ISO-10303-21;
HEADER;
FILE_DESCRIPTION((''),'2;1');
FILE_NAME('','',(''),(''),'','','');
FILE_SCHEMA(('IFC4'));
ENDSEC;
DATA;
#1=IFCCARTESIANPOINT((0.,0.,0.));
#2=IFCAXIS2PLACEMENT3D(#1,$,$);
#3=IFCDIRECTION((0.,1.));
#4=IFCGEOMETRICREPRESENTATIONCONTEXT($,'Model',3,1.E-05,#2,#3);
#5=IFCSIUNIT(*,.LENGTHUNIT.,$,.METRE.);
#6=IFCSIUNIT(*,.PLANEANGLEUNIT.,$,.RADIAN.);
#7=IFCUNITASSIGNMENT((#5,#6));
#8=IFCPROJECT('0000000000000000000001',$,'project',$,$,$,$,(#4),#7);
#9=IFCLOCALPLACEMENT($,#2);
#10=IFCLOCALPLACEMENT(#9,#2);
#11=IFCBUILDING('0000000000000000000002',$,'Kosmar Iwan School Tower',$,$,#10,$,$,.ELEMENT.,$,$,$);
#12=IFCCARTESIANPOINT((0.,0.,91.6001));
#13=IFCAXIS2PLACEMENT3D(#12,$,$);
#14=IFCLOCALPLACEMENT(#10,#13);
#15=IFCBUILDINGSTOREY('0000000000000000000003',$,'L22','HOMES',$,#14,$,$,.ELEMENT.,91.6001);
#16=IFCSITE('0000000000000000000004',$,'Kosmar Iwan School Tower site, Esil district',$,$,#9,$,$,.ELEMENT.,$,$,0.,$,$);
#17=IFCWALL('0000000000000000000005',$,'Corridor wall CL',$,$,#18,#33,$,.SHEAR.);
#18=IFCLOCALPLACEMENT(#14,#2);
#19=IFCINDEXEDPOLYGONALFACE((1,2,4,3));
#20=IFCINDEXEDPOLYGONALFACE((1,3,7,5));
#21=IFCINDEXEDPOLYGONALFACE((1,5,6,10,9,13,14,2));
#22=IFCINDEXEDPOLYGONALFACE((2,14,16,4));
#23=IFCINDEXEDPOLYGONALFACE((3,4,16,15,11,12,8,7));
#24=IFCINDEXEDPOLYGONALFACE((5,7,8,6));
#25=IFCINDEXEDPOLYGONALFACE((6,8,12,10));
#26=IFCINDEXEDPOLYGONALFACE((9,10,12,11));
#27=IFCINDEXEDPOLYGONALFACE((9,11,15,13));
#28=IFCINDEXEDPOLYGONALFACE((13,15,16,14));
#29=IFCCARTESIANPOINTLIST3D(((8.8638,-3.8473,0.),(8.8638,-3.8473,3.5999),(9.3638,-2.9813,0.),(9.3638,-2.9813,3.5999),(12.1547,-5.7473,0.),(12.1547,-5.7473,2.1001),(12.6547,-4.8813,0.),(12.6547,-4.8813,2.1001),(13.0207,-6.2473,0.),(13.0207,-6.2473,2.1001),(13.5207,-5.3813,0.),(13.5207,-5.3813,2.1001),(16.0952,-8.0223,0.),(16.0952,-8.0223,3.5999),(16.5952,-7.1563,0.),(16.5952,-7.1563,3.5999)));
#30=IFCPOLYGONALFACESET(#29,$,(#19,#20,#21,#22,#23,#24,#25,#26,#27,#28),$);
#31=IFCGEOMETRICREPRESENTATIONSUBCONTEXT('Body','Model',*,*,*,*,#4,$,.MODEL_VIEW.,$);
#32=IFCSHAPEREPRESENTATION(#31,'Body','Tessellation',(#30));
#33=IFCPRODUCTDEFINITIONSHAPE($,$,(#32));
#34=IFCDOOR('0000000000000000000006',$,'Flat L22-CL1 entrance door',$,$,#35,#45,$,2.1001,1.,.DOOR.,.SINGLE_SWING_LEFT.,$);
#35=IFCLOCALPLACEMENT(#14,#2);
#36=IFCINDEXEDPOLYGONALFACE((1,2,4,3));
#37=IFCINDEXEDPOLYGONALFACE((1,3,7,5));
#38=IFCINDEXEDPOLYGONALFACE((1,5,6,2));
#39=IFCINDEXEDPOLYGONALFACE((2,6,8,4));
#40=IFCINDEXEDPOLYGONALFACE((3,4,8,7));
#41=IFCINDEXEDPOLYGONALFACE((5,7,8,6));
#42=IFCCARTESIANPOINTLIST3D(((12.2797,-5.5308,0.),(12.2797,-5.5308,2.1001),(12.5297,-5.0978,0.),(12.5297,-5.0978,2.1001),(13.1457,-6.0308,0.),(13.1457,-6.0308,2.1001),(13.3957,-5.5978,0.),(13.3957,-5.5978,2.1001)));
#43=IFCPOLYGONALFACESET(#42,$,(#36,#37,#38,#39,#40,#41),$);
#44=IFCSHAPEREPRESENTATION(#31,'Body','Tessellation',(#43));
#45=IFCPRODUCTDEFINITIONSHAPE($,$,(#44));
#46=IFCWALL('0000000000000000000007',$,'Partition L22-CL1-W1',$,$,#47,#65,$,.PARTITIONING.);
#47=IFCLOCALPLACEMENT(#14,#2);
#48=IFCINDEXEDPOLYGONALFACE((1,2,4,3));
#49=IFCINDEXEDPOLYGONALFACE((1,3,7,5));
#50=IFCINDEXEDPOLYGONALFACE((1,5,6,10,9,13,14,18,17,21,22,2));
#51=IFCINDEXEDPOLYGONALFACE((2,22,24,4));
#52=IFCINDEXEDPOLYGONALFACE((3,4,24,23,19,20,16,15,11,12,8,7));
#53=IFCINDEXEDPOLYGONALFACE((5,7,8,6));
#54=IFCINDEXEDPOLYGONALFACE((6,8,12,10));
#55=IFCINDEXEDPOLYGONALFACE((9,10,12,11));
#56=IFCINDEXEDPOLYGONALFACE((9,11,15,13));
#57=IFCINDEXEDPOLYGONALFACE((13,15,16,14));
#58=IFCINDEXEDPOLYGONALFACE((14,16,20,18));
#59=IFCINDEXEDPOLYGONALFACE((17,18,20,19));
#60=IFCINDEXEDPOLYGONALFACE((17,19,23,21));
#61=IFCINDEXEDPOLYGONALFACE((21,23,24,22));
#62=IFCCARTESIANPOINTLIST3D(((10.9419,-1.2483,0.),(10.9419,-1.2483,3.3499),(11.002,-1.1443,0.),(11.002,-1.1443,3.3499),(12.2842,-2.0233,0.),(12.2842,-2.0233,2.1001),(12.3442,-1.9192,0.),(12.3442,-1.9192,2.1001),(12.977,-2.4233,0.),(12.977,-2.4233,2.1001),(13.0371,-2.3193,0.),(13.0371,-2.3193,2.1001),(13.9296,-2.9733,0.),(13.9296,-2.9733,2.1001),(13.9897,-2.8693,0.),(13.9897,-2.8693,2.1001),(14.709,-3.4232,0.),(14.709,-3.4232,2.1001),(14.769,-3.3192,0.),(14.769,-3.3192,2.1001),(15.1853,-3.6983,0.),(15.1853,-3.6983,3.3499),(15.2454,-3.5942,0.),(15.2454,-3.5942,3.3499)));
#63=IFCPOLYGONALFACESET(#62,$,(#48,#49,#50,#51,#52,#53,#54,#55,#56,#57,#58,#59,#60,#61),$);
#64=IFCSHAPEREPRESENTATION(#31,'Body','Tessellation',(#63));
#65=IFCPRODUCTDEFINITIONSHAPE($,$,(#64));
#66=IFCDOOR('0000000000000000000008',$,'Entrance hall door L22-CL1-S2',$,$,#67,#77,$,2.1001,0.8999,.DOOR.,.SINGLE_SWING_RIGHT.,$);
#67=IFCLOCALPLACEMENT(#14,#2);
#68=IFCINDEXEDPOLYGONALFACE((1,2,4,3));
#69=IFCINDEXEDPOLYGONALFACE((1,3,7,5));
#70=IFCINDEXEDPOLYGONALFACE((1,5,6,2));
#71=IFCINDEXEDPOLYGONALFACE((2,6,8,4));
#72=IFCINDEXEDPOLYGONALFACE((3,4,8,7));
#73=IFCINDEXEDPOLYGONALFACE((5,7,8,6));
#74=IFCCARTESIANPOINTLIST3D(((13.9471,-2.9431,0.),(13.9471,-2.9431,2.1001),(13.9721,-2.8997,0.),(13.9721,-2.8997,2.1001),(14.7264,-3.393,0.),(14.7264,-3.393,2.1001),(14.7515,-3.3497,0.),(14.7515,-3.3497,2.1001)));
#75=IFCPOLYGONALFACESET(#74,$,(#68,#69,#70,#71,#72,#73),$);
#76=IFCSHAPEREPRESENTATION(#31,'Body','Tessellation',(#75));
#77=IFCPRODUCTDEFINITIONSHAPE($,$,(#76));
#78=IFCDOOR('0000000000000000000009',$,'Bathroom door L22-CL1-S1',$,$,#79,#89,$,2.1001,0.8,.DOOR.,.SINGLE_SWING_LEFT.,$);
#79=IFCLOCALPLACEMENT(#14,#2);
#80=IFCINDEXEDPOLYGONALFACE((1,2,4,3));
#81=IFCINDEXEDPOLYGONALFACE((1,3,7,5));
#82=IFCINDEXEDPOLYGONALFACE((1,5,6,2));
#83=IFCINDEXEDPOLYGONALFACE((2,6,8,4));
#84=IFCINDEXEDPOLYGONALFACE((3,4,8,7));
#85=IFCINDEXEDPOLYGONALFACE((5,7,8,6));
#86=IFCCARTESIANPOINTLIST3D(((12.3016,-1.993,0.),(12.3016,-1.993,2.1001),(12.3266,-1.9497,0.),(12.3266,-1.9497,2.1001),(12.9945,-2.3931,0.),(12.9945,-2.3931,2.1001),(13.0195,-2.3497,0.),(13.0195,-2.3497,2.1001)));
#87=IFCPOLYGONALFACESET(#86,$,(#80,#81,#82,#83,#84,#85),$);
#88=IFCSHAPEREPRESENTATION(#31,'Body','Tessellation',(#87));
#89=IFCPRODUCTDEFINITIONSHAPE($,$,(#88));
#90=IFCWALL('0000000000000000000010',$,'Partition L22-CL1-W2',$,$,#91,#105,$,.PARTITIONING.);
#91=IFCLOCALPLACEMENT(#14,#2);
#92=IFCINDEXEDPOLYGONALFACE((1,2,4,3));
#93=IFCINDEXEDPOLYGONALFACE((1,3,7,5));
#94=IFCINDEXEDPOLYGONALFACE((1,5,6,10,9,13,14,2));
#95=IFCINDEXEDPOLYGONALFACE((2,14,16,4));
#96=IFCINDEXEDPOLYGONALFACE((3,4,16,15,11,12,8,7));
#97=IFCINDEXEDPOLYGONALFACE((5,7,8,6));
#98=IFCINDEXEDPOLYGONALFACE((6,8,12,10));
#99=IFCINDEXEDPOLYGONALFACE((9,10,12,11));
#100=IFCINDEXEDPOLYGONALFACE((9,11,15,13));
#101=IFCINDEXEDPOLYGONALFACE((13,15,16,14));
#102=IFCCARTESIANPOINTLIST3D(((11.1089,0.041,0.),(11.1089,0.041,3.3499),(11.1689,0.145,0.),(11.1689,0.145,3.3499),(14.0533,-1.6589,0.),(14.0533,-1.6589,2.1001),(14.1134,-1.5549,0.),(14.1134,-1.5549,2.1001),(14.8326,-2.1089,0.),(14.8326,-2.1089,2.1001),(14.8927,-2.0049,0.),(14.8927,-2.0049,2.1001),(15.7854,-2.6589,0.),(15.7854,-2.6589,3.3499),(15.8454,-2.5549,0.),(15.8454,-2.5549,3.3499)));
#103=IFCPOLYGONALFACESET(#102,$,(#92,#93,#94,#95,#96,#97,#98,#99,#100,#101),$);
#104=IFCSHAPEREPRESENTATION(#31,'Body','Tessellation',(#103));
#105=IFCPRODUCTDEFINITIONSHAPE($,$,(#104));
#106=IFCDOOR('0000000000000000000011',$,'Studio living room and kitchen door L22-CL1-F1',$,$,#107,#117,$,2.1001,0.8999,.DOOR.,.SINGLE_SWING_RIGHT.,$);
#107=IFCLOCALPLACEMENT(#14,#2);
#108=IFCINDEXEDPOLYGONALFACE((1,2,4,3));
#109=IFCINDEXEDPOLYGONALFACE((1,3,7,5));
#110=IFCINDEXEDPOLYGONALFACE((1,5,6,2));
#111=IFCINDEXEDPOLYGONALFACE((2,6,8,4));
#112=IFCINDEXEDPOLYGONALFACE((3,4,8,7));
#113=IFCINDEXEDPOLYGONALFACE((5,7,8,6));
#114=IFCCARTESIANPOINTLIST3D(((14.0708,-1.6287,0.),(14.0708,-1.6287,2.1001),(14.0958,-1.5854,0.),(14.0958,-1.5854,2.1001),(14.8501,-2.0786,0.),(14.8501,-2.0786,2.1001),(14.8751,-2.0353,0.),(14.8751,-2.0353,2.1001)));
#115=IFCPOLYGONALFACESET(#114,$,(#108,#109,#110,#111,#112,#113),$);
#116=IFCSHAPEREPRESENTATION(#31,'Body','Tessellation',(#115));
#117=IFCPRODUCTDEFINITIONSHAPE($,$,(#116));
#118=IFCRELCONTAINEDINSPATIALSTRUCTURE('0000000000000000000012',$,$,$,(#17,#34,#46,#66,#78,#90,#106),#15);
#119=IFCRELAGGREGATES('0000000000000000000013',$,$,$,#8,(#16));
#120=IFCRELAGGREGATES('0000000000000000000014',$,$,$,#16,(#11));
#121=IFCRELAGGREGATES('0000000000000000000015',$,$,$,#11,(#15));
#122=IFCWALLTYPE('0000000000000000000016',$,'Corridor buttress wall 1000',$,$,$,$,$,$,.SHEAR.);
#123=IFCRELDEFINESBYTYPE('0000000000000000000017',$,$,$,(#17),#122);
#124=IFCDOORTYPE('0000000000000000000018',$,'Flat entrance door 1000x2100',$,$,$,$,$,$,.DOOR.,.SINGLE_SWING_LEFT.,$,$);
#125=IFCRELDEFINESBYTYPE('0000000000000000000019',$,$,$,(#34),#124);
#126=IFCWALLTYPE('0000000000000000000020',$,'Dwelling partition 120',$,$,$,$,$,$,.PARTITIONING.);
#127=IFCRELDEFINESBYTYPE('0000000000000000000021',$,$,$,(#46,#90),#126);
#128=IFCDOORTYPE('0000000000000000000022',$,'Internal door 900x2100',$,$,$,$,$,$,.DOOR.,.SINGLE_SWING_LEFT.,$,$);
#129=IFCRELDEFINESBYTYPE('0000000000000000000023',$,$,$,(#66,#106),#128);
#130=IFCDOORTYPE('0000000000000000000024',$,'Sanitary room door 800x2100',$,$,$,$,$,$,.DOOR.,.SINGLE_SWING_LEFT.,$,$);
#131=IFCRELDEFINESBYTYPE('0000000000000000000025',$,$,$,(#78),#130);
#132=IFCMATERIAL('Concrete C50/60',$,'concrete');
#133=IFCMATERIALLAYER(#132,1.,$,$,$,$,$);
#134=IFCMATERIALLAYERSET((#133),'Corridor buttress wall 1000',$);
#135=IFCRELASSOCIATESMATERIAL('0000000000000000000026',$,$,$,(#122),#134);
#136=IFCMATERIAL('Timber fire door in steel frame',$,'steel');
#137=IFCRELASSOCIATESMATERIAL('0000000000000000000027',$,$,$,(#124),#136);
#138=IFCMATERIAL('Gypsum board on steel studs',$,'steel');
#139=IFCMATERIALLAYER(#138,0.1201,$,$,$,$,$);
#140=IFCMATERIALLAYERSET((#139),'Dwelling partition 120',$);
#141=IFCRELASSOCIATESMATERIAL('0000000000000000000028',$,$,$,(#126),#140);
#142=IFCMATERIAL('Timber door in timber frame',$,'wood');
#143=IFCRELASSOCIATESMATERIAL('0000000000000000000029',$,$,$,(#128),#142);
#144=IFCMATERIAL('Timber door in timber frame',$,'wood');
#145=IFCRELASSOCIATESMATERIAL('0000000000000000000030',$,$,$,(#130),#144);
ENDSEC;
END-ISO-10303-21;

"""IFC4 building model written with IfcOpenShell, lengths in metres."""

from ifc_helpers import new_model, si_unit, direction, frame, frame_2d, origin, place, context, subcontext, project, spatial, rectangle, extrude, material, layer, layer_set, type_object, element, fill, save


model = new_model("IFC4")

# Units and contexts
model_context = context("Model", 3, precision=1e-05, world=origin(), true_north=direction((0.0, 1.0)))
body_context = subcontext(model_context, "Body", "Model", "MODEL_VIEW")
ifc_project = project(units=[si_unit("LENGTHUNIT", "METRE"), si_unit("PLANEANGLEUNIT", "RADIAN")], contexts=[model_context])

# Site, building, storey
site_placement = place(None, origin())
site = spatial("IfcSite", under=ifc_project, at=site_placement, Name="Kosmar Iwan School Tower site, Esil district", CompositionType="ELEMENT", RefElevation=0.0)
building_placement = place(site_placement, origin())
building = spatial("IfcBuilding", under=site, at=building_placement, Name="Kosmar Iwan School Tower", CompositionType="ELEMENT")
storey_placement = place(building_placement, frame((0.0, 0.0, 91.6001)))
storey = spatial("IfcBuildingStorey", under=building, at=storey_placement, Name="L22", Description="HOMES", CompositionType="ELEMENT", Elevation=91.6001)

# Wall, opening, door
ifc_material_1 = material(Name="Concrete C50/60", Category="concrete")
ifc_layer_1 = layer(ifc_material_1, 1.0)
ifc_layer_set_1 = layer_set([ifc_layer_1], Name="Corridor buttress wall 1000")
wall_type_1 = type_object("IfcWallType", Name="Corridor buttress wall 1000", PredefinedType="SHEAR", material=ifc_layer_set_1)
wall_1_placement = place(storey_placement, frame((9.1138, -3.4143, 0.0), z_axis=(0.0, 0.0, 1.0), x_axis=(0.866027, -0.499997, 0.0)))
wall_1 = element("IfcWall", 1, at=wall_1_placement, inside=storey, type_object=wall_type_1, Name="Corridor wall CL", PredefinedType="SHEAR", context=body_context, shape_type="SweptSolid", body=[
    extrude(rectangle(XDim=8.3501, YDim=1.0, at=frame_2d((4.175, 0.0))), origin(), (0.0, 0.0, 1.0), 3.5999),
])
opening_1_placement = place(wall_1_placement, frame((3.8, 0.0, 0.0)))
opening_1 = element("IfcOpeningElement", 2, at=opening_1_placement, cuts=wall_1, PredefinedType="OPENING", context=body_context, shape_type="SweptSolid", body=[
    extrude(rectangle(XDim=1.0, YDim=2.1001, at=frame_2d((0.5, 1.05))), frame((0.0, 0.512, 0.0), z_axis=(0.0, -1.0, 0.0), x_axis=(1.0, 0.0, 0.0)), (0.0, 0.0, 1.0), 1.0239),
])
ifc_material_2 = material(Name="Timber fire door in steel frame", Category="steel")
door_type_1 = type_object("IfcDoorType", Name="Flat entrance door 1000x2100", OperationType="SINGLE_SWING_LEFT", PredefinedType="DOOR", material=ifc_material_2)
door_1_placement = place(opening_1_placement, origin())
door_1 = element("IfcDoor", 3, at=door_1_placement, inside=storey, type_object=door_type_1, Name="Flat L22-CL1 entrance door", OperationType="SINGLE_SWING_LEFT", OverallHeight=2.1001, OverallWidth=1.0, PredefinedType="DOOR", context=body_context, shape_type="SweptSolid", body=[
    extrude(rectangle(XDim=1.0, YDim=2.1001, at=frame_2d((0.5, 1.05))), frame((0.0, 0.25, 0.0), z_axis=(0.0, -1.0, 0.0), x_axis=(1.0, 0.0, 0.0)), (0.0, 0.0, 1.0), 0.5),
])
fill(opening_1, door_1)

# Wall, openings, doors
ifc_material_3 = material(Name="Gypsum board on steel studs", Category="steel")
ifc_layer_2 = layer(ifc_material_3, 0.1201)
ifc_layer_set_2 = layer_set([ifc_layer_2], Name="Dwelling partition 120")
wall_type_2 = type_object("IfcWallType", Name="Dwelling partition 120", PredefinedType="PARTITIONING", material=ifc_layer_set_2)
wall_2_placement = place(storey_placement, frame((10.9719, -1.1963, 0.0), z_axis=(0.0, 0.0, 1.0), x_axis=(0.866024, -0.500003, 0.0)))
wall_2 = element("IfcWall", 4, at=wall_2_placement, inside=storey, type_object=wall_type_2, Name="Partition L22-CL1-W1", PredefinedType="PARTITIONING", context=body_context, shape_type="SweptSolid", body=[
    extrude(rectangle(XDim=4.8999, YDim=0.1201, at=frame_2d((2.45, 0.0))), origin(), (0.0, 0.0, 1.0), 3.3499),
])
opening_2_placement = place(wall_2_placement, frame((1.55, 0.0, 0.0)))
opening_2 = element("IfcOpeningElement", 5, at=opening_2_placement, cuts=wall_2, PredefinedType="OPENING", context=body_context, shape_type="SweptSolid", body=[
    extrude(rectangle(XDim=0.8, YDim=2.1001, at=frame_2d((0.3999, 1.05))), frame((0.0, 0.072, 0.0), z_axis=(0.0, -1.0, 0.0), x_axis=(1.0, 0.0, 0.0)), (0.0, 0.0, 1.0), 0.144),
])
opening_3_placement = place(wall_2_placement, frame((3.45, 0.0, 0.0)))
opening_3 = element("IfcOpeningElement", 6, at=opening_3_placement, cuts=wall_2, PredefinedType="OPENING", context=body_context, shape_type="SweptSolid", body=[
    extrude(rectangle(XDim=0.8999, YDim=2.1001, at=frame_2d((0.45, 1.05))), frame((0.0, 0.072, 0.0), z_axis=(0.0, -1.0, 0.0), x_axis=(1.0, 0.0, 0.0)), (0.0, 0.0, 1.0), 0.144),
])
ifc_material_4 = material(Name="Timber door in timber frame", Category="wood")
door_type_2 = type_object("IfcDoorType", Name="Internal door 900x2100", OperationType="SINGLE_SWING_LEFT", PredefinedType="DOOR", material=ifc_material_4)
door_2_placement = place(opening_3_placement, origin())
door_2 = element("IfcDoor", 7, at=door_2_placement, inside=storey, type_object=door_type_2, Name="Entrance hall door L22-CL1-S2", OperationType="SINGLE_SWING_RIGHT", OverallHeight=2.1001, OverallWidth=0.8999, PredefinedType="DOOR", context=body_context, shape_type="SweptSolid", body=[
    extrude(rectangle(XDim=0.8999, YDim=2.1001, at=frame_2d((0.45, 1.05))), frame((0.0, 0.0249, 0.0), z_axis=(0.0, -1.0, 0.0), x_axis=(1.0, 0.0, 0.0)), (0.0, 0.0, 1.0), 0.05),
])
fill(opening_3, door_2)
ifc_material_5 = material(Name="Timber door in timber frame", Category="wood")
door_type_3 = type_object("IfcDoorType", Name="Sanitary room door 800x2100", OperationType="SINGLE_SWING_LEFT", PredefinedType="DOOR", material=ifc_material_5)
door_3_placement = place(opening_2_placement, origin())
door_3 = element("IfcDoor", 8, at=door_3_placement, inside=storey, type_object=door_type_3, Name="Bathroom door L22-CL1-S1", OperationType="SINGLE_SWING_LEFT", OverallHeight=2.1001, OverallWidth=0.8, PredefinedType="DOOR", context=body_context, shape_type="SweptSolid", body=[
    extrude(rectangle(XDim=0.8, YDim=2.1001, at=frame_2d((0.3999, 1.05))), frame((0.0, 0.0249, 0.0), z_axis=(0.0, -1.0, 0.0), x_axis=(1.0, 0.0, 0.0)), (0.0, 0.0, 1.0), 0.05),
])
fill(opening_2, door_3)

# Wall, opening, door
wall_3_placement = place(storey_placement, frame((11.1389, 0.093, 0.0), z_axis=(0.0, 0.0, 1.0), x_axis=(0.866028, -0.499995, 0.0)))
wall_3 = element("IfcWall", 9, at=wall_3_placement, inside=storey, type_object=wall_type_2, Name="Partition L22-CL1-W2", PredefinedType="PARTITIONING", context=body_context, shape_type="SweptSolid", body=[
    extrude(rectangle(XDim=5.3999, YDim=0.1201, at=frame_2d((2.7, 0.0))), origin(), (0.0, 0.0, 1.0), 3.3499),
])
opening_4_placement = place(wall_3_placement, frame((3.3999, 0.0, 0.0)))
opening_4 = element("IfcOpeningElement", 10, at=opening_4_placement, cuts=wall_3, PredefinedType="OPENING", context=body_context, shape_type="SweptSolid", body=[
    extrude(rectangle(XDim=0.8999, YDim=2.1001, at=frame_2d((0.45, 1.05))), frame((0.0, 0.072, 0.0), z_axis=(0.0, -1.0, 0.0), x_axis=(1.0, 0.0, 0.0)), (0.0, 0.0, 1.0), 0.144),
])
door_4_placement = place(opening_4_placement, origin())
door_4 = element("IfcDoor", 11, at=door_4_placement, inside=storey, type_object=door_type_2, Name="Studio living room and kitchen door L22-CL1-F1", OperationType="SINGLE_SWING_RIGHT", OverallHeight=2.1001, OverallWidth=0.8999, PredefinedType="DOOR", context=body_context, shape_type="SweptSolid", body=[
    extrude(rectangle(XDim=0.8999, YDim=2.1001, at=frame_2d((0.45, 1.05))), frame((0.0, 0.0249, 0.0), z_axis=(0.0, -1.0, 0.0), x_axis=(1.0, 0.0, 0.0)), (0.0, 0.0, 1.0), 0.05),
])
fill(opening_4, door_4)

save(model, "model.ifc")
